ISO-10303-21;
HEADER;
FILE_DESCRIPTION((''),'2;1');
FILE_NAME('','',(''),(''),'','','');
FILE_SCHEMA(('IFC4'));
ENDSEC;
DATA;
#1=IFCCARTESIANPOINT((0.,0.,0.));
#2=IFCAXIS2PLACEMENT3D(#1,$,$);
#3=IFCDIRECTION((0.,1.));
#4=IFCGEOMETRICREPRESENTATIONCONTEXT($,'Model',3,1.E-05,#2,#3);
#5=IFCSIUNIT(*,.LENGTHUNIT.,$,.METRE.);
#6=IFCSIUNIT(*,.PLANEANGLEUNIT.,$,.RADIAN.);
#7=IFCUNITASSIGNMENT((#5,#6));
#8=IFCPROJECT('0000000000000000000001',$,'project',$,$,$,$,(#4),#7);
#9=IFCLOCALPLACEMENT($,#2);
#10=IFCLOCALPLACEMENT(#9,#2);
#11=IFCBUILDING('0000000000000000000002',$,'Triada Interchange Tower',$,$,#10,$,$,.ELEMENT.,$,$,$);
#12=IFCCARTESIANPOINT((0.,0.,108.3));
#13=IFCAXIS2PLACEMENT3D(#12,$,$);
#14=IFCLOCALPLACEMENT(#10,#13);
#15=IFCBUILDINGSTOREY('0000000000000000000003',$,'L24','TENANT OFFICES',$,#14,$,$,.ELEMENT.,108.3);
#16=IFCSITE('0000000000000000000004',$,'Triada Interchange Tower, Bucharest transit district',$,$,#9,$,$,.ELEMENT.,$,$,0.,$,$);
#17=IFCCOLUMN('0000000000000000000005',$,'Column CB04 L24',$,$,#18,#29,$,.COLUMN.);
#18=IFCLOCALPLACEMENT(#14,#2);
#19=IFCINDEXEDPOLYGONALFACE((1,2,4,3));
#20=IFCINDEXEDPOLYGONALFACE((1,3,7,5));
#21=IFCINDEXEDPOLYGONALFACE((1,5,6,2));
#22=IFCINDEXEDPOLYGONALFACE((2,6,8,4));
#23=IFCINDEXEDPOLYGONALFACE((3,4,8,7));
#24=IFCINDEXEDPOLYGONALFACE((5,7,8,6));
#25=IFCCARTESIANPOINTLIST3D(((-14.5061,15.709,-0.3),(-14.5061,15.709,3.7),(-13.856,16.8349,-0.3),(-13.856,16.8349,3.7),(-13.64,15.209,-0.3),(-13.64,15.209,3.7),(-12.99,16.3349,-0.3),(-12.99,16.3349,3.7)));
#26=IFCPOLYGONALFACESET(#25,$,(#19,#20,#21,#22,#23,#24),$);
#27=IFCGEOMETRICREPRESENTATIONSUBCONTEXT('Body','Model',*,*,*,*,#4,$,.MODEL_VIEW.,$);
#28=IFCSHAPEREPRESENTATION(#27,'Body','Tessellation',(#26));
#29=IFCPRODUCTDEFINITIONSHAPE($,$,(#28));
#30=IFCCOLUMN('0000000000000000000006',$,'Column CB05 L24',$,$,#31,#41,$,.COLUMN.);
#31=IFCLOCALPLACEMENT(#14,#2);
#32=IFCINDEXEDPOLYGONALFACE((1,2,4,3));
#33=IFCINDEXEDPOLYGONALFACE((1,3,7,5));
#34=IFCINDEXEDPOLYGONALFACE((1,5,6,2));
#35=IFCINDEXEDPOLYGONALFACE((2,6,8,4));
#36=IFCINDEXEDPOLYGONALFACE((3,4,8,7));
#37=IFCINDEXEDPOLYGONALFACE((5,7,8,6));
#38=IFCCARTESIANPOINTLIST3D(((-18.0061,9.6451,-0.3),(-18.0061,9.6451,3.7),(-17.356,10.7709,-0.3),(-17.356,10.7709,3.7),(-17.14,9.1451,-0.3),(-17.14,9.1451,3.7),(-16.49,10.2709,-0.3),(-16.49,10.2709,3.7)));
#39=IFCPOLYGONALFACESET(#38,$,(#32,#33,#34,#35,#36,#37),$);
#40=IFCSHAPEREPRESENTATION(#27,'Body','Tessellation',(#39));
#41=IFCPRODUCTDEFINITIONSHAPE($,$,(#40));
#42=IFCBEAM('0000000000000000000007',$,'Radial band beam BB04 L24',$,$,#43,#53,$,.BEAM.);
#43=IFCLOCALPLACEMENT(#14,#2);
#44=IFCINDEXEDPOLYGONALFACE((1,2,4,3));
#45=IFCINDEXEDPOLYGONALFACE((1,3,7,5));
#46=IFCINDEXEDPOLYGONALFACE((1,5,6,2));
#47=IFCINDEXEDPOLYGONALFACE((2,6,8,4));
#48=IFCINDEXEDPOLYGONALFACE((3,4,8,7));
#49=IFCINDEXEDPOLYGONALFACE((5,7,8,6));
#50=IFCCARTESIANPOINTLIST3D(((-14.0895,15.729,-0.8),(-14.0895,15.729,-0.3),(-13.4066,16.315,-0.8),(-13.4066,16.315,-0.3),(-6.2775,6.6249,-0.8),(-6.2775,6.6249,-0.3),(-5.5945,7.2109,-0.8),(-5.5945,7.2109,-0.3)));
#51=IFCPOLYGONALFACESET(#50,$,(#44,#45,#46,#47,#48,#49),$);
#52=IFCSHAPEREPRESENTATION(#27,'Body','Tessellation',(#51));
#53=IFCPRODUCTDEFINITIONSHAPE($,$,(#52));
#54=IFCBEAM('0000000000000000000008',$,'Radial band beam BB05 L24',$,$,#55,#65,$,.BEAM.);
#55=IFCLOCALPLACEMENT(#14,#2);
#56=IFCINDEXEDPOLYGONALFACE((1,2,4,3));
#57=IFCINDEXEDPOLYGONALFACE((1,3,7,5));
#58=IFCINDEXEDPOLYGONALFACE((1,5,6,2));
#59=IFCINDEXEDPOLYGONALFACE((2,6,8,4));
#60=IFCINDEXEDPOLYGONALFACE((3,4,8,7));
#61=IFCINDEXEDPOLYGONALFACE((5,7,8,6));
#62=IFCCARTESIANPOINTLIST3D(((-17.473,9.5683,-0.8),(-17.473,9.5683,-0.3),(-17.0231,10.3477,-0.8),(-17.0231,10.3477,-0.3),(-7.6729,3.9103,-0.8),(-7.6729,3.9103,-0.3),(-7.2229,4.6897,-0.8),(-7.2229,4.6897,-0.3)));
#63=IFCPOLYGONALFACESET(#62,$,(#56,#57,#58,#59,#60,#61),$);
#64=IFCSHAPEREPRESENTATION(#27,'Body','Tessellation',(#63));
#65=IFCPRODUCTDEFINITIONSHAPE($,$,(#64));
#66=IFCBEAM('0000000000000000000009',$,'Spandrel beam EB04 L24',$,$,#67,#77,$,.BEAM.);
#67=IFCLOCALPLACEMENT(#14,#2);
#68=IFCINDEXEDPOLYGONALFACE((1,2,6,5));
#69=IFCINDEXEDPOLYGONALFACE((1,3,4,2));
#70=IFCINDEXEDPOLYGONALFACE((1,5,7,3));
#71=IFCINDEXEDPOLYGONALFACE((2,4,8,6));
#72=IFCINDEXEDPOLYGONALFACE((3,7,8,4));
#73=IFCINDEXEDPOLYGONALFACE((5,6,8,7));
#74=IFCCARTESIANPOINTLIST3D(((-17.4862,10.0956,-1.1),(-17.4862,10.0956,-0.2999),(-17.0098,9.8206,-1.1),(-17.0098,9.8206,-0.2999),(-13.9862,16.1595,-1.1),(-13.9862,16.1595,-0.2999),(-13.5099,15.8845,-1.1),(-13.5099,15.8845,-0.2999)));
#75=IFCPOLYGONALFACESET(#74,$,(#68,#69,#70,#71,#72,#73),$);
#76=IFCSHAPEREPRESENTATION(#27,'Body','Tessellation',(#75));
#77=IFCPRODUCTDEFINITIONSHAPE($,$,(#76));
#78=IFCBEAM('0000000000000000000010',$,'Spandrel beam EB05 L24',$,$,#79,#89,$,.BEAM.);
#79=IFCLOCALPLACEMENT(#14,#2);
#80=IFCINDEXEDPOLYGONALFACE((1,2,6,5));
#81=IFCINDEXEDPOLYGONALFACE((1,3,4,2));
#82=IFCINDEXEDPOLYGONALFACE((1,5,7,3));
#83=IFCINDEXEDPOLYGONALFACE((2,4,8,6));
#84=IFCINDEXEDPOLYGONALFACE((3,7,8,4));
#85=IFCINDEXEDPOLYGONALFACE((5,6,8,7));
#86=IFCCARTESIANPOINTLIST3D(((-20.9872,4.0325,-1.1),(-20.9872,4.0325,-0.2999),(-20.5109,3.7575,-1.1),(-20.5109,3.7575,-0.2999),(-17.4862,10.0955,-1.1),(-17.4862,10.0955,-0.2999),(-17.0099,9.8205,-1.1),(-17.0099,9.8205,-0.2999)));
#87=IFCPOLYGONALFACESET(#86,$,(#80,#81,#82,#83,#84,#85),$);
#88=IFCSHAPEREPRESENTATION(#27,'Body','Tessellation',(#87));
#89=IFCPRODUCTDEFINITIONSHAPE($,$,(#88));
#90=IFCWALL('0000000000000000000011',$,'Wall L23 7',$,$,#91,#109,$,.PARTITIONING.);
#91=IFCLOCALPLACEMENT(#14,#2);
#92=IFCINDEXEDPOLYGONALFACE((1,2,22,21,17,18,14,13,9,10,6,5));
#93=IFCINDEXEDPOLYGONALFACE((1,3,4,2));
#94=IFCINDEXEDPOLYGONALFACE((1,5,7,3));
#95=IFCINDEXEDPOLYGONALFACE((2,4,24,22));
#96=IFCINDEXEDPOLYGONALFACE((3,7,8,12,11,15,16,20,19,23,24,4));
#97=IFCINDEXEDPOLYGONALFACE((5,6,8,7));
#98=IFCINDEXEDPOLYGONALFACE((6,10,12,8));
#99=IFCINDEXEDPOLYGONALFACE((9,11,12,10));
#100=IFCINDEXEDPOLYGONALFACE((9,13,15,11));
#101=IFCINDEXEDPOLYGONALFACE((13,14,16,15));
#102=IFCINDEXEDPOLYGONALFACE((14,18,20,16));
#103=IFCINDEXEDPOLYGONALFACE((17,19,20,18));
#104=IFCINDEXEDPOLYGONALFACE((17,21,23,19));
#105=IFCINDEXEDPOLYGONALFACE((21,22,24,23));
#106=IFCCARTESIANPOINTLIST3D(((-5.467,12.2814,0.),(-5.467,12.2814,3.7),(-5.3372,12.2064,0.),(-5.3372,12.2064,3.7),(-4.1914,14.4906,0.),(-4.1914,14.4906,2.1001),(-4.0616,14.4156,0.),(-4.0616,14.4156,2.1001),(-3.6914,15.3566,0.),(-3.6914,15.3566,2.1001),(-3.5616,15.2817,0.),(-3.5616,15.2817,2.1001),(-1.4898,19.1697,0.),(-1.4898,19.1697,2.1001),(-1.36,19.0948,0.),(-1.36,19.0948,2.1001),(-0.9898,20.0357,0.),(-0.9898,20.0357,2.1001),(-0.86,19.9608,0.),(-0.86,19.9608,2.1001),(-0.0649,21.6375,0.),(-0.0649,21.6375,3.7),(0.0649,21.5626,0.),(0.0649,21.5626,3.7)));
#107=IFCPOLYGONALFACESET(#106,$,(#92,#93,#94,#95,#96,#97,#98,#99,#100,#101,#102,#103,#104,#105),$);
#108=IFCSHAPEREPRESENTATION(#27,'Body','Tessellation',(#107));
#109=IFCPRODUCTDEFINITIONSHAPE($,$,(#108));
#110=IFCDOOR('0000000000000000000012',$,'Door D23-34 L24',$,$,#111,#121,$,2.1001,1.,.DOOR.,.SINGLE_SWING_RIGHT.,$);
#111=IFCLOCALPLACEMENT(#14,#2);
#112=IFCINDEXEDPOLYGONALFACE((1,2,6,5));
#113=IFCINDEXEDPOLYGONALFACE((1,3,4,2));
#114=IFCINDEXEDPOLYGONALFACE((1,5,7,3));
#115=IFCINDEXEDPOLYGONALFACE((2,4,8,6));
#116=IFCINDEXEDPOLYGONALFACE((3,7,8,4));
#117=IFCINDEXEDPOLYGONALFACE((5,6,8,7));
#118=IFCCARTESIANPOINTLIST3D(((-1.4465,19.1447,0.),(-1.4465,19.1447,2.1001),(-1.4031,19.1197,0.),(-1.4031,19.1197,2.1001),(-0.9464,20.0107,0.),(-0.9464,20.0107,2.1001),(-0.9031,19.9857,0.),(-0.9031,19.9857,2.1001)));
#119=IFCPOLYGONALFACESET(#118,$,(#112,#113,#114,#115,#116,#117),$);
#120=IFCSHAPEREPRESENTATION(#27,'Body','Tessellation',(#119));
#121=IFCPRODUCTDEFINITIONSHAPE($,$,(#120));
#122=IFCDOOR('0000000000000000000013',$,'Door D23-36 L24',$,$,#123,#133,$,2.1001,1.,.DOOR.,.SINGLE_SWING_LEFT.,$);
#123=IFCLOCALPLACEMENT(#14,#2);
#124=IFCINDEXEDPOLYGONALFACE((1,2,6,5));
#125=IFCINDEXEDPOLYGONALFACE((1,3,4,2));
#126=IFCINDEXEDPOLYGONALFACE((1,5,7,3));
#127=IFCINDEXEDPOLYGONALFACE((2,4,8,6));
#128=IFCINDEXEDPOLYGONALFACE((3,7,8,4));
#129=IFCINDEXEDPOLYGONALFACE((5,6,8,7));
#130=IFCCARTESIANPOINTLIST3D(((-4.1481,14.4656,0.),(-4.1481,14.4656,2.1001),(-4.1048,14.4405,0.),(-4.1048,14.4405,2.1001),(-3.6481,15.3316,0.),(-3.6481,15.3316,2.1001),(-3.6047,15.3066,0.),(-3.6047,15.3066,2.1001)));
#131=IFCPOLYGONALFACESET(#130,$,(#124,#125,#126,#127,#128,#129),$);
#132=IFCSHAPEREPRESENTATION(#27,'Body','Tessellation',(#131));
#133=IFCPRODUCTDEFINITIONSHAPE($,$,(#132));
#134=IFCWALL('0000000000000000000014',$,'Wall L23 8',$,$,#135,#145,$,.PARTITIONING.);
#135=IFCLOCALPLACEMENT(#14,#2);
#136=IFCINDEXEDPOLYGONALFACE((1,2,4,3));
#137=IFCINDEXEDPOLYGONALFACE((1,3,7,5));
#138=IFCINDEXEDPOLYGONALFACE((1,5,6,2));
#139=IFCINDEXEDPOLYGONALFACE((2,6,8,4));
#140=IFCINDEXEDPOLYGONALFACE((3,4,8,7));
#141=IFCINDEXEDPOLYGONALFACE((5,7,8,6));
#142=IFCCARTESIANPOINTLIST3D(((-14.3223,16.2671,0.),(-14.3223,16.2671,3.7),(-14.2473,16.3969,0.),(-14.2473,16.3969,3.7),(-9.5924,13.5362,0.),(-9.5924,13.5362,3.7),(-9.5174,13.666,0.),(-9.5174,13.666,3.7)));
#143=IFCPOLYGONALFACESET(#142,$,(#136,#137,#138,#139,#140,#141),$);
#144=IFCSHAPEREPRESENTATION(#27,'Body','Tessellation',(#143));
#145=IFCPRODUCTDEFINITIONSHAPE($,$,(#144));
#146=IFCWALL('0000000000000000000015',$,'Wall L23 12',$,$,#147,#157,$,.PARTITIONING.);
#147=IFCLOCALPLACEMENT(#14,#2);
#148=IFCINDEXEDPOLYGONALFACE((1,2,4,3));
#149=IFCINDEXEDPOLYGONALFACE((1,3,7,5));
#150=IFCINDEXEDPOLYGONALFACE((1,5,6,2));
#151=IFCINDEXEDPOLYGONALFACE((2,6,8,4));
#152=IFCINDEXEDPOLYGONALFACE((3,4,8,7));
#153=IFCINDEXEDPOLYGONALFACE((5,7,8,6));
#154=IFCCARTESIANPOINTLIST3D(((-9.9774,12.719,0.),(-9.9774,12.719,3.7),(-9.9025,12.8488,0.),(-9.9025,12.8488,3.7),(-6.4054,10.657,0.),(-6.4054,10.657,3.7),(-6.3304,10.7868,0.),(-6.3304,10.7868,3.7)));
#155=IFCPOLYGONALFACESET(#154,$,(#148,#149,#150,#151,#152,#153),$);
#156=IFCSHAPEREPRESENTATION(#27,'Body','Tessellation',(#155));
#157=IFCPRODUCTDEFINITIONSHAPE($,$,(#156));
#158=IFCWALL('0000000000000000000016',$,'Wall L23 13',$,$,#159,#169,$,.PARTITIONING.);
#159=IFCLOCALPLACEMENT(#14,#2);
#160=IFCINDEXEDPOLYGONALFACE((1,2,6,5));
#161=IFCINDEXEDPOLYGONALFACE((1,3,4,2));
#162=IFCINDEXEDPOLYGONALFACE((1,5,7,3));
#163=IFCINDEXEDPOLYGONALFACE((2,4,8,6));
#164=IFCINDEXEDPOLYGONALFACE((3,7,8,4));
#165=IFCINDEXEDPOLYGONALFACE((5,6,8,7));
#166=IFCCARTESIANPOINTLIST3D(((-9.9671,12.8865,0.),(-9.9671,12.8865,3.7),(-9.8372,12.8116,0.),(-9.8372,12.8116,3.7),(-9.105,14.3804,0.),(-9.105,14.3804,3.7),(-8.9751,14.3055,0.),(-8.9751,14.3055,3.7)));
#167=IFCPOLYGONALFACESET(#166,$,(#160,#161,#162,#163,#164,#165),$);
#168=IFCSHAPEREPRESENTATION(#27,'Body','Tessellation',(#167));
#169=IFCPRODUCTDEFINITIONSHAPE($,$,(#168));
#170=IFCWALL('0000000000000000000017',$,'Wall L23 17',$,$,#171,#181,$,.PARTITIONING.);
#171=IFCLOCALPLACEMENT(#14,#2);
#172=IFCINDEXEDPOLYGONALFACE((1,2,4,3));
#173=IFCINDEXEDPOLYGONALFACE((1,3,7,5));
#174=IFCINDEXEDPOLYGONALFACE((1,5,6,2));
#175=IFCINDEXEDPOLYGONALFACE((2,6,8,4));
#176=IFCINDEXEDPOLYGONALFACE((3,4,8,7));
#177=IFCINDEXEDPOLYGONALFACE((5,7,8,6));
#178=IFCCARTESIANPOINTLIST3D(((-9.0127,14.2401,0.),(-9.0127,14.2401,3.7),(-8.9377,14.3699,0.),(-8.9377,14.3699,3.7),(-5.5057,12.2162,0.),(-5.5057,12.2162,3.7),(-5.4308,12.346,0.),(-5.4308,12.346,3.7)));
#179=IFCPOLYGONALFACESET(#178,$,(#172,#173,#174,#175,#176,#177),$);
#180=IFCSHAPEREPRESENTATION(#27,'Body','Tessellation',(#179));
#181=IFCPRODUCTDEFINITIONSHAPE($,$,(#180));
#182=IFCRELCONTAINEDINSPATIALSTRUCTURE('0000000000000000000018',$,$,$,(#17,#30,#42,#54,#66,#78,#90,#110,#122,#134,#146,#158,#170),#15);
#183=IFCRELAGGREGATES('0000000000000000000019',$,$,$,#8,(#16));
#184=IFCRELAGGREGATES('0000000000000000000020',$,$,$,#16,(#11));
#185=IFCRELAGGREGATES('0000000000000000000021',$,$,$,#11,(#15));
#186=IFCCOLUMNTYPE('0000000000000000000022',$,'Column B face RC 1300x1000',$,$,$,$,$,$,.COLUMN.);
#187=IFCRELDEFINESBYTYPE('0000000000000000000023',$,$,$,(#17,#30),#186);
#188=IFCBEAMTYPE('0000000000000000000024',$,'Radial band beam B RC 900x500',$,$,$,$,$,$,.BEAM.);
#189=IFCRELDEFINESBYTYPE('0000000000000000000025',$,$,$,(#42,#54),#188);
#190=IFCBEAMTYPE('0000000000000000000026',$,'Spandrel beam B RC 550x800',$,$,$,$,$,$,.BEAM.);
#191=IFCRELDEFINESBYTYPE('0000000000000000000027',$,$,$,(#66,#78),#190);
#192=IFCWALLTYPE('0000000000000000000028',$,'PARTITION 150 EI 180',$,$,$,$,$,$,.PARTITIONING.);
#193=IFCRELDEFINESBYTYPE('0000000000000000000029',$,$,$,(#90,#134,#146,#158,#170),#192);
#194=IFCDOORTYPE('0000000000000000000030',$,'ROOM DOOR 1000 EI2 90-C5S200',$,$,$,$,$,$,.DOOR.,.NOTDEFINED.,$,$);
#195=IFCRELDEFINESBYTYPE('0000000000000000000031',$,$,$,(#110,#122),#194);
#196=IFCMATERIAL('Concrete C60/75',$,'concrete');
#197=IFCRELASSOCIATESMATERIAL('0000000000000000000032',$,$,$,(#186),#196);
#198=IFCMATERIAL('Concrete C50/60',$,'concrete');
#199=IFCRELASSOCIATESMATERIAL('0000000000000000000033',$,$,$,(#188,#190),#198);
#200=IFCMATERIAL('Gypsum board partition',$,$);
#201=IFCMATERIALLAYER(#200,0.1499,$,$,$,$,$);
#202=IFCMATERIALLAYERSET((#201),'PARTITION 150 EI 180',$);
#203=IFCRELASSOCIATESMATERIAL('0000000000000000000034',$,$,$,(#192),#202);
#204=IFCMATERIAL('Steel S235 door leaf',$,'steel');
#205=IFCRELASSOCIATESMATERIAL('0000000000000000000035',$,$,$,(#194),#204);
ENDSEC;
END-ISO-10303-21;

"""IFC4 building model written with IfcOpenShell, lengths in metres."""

from ifc_helpers import new_model, si_unit, direction, frame, frame_2d, origin, origin_2d, place, context, subcontext, project, spatial, rectangle, extrude, material, layer, layer_set, material_profile, profile_set, type_object, element, fill, save


model = new_model("IFC4")

# Units and contexts
model_context = context("Model", 3, precision=1e-05, world=origin(), true_north=direction((0.0, 1.0)))
body_context = subcontext(model_context, "Body", "Model", "MODEL_VIEW")
ifc_project = project(units=[si_unit("LENGTHUNIT", "METRE"), si_unit("PLANEANGLEUNIT", "RADIAN")], contexts=[model_context])

# Site, building, storey
site_placement = place(None, origin())
site = spatial("IfcSite", under=ifc_project, at=site_placement, Name="Triada Interchange Tower, Bucharest transit district", CompositionType="ELEMENT", RefElevation=0.0)
building_placement = place(site_placement, origin())
building = spatial("IfcBuilding", under=site, at=building_placement, Name="Triada Interchange Tower", CompositionType="ELEMENT")
storey_placement = place(building_placement, frame((0.0, 0.0, 108.3)))
storey = spatial("IfcBuildingStorey", under=building, at=storey_placement, Name="L24", Description="TENANT OFFICES", CompositionType="ELEMENT", Elevation=108.3)

# Columns
ifc_material_1 = material(Name="Concrete C60/75", Category="concrete")
ifc_material_profile_1 = material_profile(ifc_material_1, rectangle(XDim=1.3, YDim=1.0, at=origin_2d()), Name="RC 1300x1000")
ifc_profile_set_1 = profile_set([ifc_material_profile_1], Name="Concrete C60/75")
column_type = type_object("IfcColumnType", Name="Column B face RC 1300x1000", PredefinedType="COLUMN", material=ifc_profile_set_1)
for number, where, z_axis, x_axis, name in (
    (1, (-13.748, 16.022, -0.3), (0.0, 0.0, 1.0), (0.5, 0.866025, 0.0), "Column CB04 L24"),
    (2, (-17.248, 9.958, -0.3), (0.0, 0.0, 1.0), (0.5, 0.866025, 0.0), "Column CB05 L24"),
):
    element("IfcColumn", number, at=place(storey_placement, frame(where, z_axis=z_axis, x_axis=x_axis)), inside=storey, type_object=column_type, Name=name, PredefinedType="COLUMN", context=body_context, shape_type="SweptSolid", body=[
        extrude(rectangle(XDim=1.3, YDim=1.0, at=origin_2d()), origin(), (0.0, 0.0, 1.0), 4.0),
    ])

# Beams
ifc_material_2 = material(Name="Concrete C50/60", Category="concrete")
ifc_material_profile_2 = material_profile(ifc_material_2, rectangle(XDim=0.8999, YDim=0.5, at=origin_2d()), Name="RC 900x500")
ifc_profile_set_2 = profile_set([ifc_material_profile_2], Name="Concrete C50/60")
beam_type_1 = type_object("IfcBeamType", Name="Radial band beam B RC 900x500", PredefinedType="BEAM", material=ifc_profile_set_2)
beam_1_placement = place(storey_placement, frame((-13.748, 16.022, -0.55), z_axis=(0.651204, -0.758903, 0.0), x_axis=(0.758903, 0.651204, 0.0)))
element("IfcBeam", 3, at=beam_1_placement, inside=storey, type_object=beam_type_1, Name="Radial band beam BB04 L24", PredefinedType="BEAM", context=body_context, shape_type="SweptSolid", body=[
    extrude(rectangle(XDim=0.8999, YDim=0.5, at=origin_2d()), origin(), (0.0, 0.0, 1.0), 11.9963),
])
beam_2_placement = place(storey_placement, frame((-17.248, 9.958, -0.55), z_axis=(0.866029, -0.499993, 0.0), x_axis=(0.499993, 0.866029, 0.0)))
element("IfcBeam", 4, at=beam_2_placement, inside=storey, type_object=beam_type_1, Name="Radial band beam BB05 L24", PredefinedType="BEAM", context=body_context, shape_type="SweptSolid", body=[
    extrude(rectangle(XDim=0.8999, YDim=0.5, at=origin_2d()), origin(), (0.0, 0.0, 1.0), 11.3162),
])
ifc_material_profile_3 = material_profile(ifc_material_2, rectangle(XDim=0.55, YDim=0.8, at=origin_2d()), Name="RC 550x800")
ifc_profile_set_3 = profile_set([ifc_material_profile_3], Name="Concrete C50/60")
beam_type_2 = type_object("IfcBeamType", Name="Spandrel beam B RC 550x800", PredefinedType="BEAM", material=ifc_profile_set_3)
beam_3_placement = place(storey_placement, frame((-13.748, 16.022, -0.7), z_axis=(-0.499889, -0.866089, 0.0), x_axis=(0.866089, -0.499889, 0.0)))
element("IfcBeam", 5, at=beam_3_placement, inside=storey, type_object=beam_type_2, Name="Spandrel beam EB04 L24", PredefinedType="BEAM", context=body_context, shape_type="SweptSolid", body=[
    extrude(rectangle(XDim=0.55, YDim=0.8, at=origin_2d()), origin(), (0.0, 0.0, 1.0), 7.0015),
])
beam_4_placement = place(storey_placement, frame((-17.248, 9.958, -0.7), z_axis=(-0.500054, -0.865994, 0.0), x_axis=(0.865994, -0.500054, 0.0)))
element("IfcBeam", 6, at=beam_4_placement, inside=storey, type_object=beam_type_2, Name="Spandrel beam EB05 L24", PredefinedType="BEAM", context=body_context, shape_type="SweptSolid", body=[
    extrude(rectangle(XDim=0.55, YDim=0.8, at=origin_2d()), origin(), (0.0, 0.0, 1.0), 7.0012),
])

# Wall, openings, doors
ifc_material_3 = material(Name="Steel S235 door leaf", Category="steel")
ifc_material_4 = material(Name="Gypsum board partition")
ifc_layer_1 = layer(ifc_material_4, 0.1499)
ifc_layer_set_1 = layer_set([ifc_layer_1], Name="PARTITION 150 EI 180")
wall_type_1 = type_object("IfcWallType", Name="PARTITION 150 EI 180", PredefinedType="PARTITIONING", material=ifc_layer_set_1)
wall_1_placement = place(storey_placement, frame((-5.4021, 12.2439, 0.0), z_axis=(0.0, 0.0, 1.0), x_axis=(0.50002, 0.866014, 0.0)))
wall_1 = element("IfcWall", 7, at=wall_1_placement, inside=storey, type_object=wall_type_1, Name="Wall L23 7", PredefinedType="PARTITIONING", context=body_context, shape_type="SweptSolid", body=[
    extrude(rectangle(XDim=10.8037, YDim=0.1499, at=frame_2d((5.4019, 0.0))), origin(), (0.0, 0.0, 1.0), 3.7),
])
opening_1_placement = place(wall_1_placement, frame((7.9541, 0.0, 0.0)))
opening_1 = element("IfcOpeningElement", 8, at=opening_1_placement, cuts=wall_1, PredefinedType="OPENING", context=body_context, shape_type="SweptSolid", body=[
    extrude(rectangle(XDim=1.0, YDim=2.1001, at=frame_2d((0.5, 1.05))), frame((0.0, 0.085, 0.0), z_axis=(0.0, -1.0, 0.0), x_axis=(1.0, 0.0, 0.0)), (0.0, 0.0, 1.0), 0.1699),
])
opening_2_placement = place(wall_1_placement, frame((2.551, 0.0, 0.0)))
opening_2 = element("IfcOpeningElement", 9, at=opening_2_placement, cuts=wall_1, PredefinedType="OPENING", context=body_context, shape_type="SweptSolid", body=[
    extrude(rectangle(XDim=1.0, YDim=2.1001, at=frame_2d((0.5, 1.05))), frame((0.0, 0.085, 0.0), z_axis=(0.0, -1.0, 0.0), x_axis=(1.0, 0.0, 0.0)), (0.0, 0.0, 1.0), 0.1699),
])
door_type_1 = type_object("IfcDoorType", Name="ROOM DOOR 1000 EI2 90-C5S200", OperationType="NOTDEFINED", PredefinedType="DOOR", material=ifc_material_3)
door_1_placement = place(opening_1_placement, origin())
door_1 = element("IfcDoor", 10, at=door_1_placement, inside=storey, type_object=door_type_1, Name="Door D23-34 L24", OperationType="SINGLE_SWING_RIGHT", OverallHeight=2.1001, OverallWidth=1.0, PredefinedType="DOOR", context=body_context, shape_type="SweptSolid", body=[
    extrude(rectangle(XDim=1.0, YDim=2.1001, at=frame_2d((0.5, 1.05))), frame((0.0, 0.0249, 0.0), z_axis=(0.0, -1.0, 0.0), x_axis=(1.0, 0.0, 0.0)), (0.0, 0.0, 1.0), 0.05),
])
fill(opening_1, door_1)
door_2_placement = place(opening_2_placement, origin())
door_2 = element("IfcDoor", 11, at=door_2_placement, inside=storey, type_object=door_type_1, Name="Door D23-36 L24", OperationType="SINGLE_SWING_LEFT", OverallHeight=2.1001, OverallWidth=1.0, PredefinedType="DOOR", context=body_context, shape_type="SweptSolid", body=[
    extrude(rectangle(XDim=1.0, YDim=2.1001, at=frame_2d((0.5, 1.05))), frame((0.0, 0.0249, 0.0), z_axis=(0.0, -1.0, 0.0), x_axis=(1.0, 0.0, 0.0)), (0.0, 0.0, 1.0), 0.05),
])
fill(opening_2, door_2)

# Walls
wall_2_placement = place(storey_placement, frame((-14.2849, 16.332, 0.0), z_axis=(0.0, 0.0, 1.0), x_axis=(0.866017, -0.500014, 0.0)))
element("IfcWall", 12, at=wall_2_placement, inside=storey, type_object=wall_type_1, Name="Wall L23 8", PredefinedType="PARTITIONING", context=body_context, shape_type="SweptSolid", body=[
    extrude(rectangle(XDim=5.4617, YDim=0.1499, at=frame_2d((2.731, 0.0))), origin(), (0.0, 0.0, 1.0), 3.7),
])
wall_3_placement = place(storey_placement, frame((-9.9399, 12.7839, 0.0), z_axis=(0.0, 0.0, 1.0), x_axis=(0.866056, -0.499946, 0.0)))
element("IfcWall", 13, at=wall_3_placement, inside=storey, type_object=wall_type_1, Name="Wall L23 12", PredefinedType="PARTITIONING", context=body_context, shape_type="SweptSolid", body=[
    extrude(rectangle(XDim=4.1245, YDim=0.1499, at=frame_2d((2.0623, 0.0))), origin(), (0.0, 0.0, 1.0), 3.7),
])
wall_4_placement = place(storey_placement, frame((-9.9021, 12.8491, 0.0), z_axis=(0.0, 0.0, 1.0), x_axis=(0.499808, 0.866136, 0.0)))
element("IfcWall", 14, at=wall_4_placement, inside=storey, type_object=wall_type_1, Name="Wall L23 13", PredefinedType="PARTITIONING", context=body_context, shape_type="SweptSolid", body=[
    extrude(rectangle(XDim=1.7249, YDim=0.1499, at=frame_2d((0.8623, 0.0))), origin(), (0.0, 0.0, 1.0), 3.7),
])
wall_5_placement = place(storey_placement, frame((-8.9751, 14.3049, 0.0), z_axis=(0.0, 0.0, 1.0), x_axis=(0.86612, -0.499836, 0.0)))
element("IfcWall", 15, at=wall_5_placement, inside=storey, type_object=wall_type_1, Name="Wall L23 17", PredefinedType="PARTITIONING", context=body_context, shape_type="SweptSolid", body=[
    extrude(rectangle(XDim=4.0491, YDim=0.1499, at=frame_2d((2.0244, 0.0))), origin(), (0.0, 0.0, 1.0), 3.7),
])

save(model, "model.ifc")
